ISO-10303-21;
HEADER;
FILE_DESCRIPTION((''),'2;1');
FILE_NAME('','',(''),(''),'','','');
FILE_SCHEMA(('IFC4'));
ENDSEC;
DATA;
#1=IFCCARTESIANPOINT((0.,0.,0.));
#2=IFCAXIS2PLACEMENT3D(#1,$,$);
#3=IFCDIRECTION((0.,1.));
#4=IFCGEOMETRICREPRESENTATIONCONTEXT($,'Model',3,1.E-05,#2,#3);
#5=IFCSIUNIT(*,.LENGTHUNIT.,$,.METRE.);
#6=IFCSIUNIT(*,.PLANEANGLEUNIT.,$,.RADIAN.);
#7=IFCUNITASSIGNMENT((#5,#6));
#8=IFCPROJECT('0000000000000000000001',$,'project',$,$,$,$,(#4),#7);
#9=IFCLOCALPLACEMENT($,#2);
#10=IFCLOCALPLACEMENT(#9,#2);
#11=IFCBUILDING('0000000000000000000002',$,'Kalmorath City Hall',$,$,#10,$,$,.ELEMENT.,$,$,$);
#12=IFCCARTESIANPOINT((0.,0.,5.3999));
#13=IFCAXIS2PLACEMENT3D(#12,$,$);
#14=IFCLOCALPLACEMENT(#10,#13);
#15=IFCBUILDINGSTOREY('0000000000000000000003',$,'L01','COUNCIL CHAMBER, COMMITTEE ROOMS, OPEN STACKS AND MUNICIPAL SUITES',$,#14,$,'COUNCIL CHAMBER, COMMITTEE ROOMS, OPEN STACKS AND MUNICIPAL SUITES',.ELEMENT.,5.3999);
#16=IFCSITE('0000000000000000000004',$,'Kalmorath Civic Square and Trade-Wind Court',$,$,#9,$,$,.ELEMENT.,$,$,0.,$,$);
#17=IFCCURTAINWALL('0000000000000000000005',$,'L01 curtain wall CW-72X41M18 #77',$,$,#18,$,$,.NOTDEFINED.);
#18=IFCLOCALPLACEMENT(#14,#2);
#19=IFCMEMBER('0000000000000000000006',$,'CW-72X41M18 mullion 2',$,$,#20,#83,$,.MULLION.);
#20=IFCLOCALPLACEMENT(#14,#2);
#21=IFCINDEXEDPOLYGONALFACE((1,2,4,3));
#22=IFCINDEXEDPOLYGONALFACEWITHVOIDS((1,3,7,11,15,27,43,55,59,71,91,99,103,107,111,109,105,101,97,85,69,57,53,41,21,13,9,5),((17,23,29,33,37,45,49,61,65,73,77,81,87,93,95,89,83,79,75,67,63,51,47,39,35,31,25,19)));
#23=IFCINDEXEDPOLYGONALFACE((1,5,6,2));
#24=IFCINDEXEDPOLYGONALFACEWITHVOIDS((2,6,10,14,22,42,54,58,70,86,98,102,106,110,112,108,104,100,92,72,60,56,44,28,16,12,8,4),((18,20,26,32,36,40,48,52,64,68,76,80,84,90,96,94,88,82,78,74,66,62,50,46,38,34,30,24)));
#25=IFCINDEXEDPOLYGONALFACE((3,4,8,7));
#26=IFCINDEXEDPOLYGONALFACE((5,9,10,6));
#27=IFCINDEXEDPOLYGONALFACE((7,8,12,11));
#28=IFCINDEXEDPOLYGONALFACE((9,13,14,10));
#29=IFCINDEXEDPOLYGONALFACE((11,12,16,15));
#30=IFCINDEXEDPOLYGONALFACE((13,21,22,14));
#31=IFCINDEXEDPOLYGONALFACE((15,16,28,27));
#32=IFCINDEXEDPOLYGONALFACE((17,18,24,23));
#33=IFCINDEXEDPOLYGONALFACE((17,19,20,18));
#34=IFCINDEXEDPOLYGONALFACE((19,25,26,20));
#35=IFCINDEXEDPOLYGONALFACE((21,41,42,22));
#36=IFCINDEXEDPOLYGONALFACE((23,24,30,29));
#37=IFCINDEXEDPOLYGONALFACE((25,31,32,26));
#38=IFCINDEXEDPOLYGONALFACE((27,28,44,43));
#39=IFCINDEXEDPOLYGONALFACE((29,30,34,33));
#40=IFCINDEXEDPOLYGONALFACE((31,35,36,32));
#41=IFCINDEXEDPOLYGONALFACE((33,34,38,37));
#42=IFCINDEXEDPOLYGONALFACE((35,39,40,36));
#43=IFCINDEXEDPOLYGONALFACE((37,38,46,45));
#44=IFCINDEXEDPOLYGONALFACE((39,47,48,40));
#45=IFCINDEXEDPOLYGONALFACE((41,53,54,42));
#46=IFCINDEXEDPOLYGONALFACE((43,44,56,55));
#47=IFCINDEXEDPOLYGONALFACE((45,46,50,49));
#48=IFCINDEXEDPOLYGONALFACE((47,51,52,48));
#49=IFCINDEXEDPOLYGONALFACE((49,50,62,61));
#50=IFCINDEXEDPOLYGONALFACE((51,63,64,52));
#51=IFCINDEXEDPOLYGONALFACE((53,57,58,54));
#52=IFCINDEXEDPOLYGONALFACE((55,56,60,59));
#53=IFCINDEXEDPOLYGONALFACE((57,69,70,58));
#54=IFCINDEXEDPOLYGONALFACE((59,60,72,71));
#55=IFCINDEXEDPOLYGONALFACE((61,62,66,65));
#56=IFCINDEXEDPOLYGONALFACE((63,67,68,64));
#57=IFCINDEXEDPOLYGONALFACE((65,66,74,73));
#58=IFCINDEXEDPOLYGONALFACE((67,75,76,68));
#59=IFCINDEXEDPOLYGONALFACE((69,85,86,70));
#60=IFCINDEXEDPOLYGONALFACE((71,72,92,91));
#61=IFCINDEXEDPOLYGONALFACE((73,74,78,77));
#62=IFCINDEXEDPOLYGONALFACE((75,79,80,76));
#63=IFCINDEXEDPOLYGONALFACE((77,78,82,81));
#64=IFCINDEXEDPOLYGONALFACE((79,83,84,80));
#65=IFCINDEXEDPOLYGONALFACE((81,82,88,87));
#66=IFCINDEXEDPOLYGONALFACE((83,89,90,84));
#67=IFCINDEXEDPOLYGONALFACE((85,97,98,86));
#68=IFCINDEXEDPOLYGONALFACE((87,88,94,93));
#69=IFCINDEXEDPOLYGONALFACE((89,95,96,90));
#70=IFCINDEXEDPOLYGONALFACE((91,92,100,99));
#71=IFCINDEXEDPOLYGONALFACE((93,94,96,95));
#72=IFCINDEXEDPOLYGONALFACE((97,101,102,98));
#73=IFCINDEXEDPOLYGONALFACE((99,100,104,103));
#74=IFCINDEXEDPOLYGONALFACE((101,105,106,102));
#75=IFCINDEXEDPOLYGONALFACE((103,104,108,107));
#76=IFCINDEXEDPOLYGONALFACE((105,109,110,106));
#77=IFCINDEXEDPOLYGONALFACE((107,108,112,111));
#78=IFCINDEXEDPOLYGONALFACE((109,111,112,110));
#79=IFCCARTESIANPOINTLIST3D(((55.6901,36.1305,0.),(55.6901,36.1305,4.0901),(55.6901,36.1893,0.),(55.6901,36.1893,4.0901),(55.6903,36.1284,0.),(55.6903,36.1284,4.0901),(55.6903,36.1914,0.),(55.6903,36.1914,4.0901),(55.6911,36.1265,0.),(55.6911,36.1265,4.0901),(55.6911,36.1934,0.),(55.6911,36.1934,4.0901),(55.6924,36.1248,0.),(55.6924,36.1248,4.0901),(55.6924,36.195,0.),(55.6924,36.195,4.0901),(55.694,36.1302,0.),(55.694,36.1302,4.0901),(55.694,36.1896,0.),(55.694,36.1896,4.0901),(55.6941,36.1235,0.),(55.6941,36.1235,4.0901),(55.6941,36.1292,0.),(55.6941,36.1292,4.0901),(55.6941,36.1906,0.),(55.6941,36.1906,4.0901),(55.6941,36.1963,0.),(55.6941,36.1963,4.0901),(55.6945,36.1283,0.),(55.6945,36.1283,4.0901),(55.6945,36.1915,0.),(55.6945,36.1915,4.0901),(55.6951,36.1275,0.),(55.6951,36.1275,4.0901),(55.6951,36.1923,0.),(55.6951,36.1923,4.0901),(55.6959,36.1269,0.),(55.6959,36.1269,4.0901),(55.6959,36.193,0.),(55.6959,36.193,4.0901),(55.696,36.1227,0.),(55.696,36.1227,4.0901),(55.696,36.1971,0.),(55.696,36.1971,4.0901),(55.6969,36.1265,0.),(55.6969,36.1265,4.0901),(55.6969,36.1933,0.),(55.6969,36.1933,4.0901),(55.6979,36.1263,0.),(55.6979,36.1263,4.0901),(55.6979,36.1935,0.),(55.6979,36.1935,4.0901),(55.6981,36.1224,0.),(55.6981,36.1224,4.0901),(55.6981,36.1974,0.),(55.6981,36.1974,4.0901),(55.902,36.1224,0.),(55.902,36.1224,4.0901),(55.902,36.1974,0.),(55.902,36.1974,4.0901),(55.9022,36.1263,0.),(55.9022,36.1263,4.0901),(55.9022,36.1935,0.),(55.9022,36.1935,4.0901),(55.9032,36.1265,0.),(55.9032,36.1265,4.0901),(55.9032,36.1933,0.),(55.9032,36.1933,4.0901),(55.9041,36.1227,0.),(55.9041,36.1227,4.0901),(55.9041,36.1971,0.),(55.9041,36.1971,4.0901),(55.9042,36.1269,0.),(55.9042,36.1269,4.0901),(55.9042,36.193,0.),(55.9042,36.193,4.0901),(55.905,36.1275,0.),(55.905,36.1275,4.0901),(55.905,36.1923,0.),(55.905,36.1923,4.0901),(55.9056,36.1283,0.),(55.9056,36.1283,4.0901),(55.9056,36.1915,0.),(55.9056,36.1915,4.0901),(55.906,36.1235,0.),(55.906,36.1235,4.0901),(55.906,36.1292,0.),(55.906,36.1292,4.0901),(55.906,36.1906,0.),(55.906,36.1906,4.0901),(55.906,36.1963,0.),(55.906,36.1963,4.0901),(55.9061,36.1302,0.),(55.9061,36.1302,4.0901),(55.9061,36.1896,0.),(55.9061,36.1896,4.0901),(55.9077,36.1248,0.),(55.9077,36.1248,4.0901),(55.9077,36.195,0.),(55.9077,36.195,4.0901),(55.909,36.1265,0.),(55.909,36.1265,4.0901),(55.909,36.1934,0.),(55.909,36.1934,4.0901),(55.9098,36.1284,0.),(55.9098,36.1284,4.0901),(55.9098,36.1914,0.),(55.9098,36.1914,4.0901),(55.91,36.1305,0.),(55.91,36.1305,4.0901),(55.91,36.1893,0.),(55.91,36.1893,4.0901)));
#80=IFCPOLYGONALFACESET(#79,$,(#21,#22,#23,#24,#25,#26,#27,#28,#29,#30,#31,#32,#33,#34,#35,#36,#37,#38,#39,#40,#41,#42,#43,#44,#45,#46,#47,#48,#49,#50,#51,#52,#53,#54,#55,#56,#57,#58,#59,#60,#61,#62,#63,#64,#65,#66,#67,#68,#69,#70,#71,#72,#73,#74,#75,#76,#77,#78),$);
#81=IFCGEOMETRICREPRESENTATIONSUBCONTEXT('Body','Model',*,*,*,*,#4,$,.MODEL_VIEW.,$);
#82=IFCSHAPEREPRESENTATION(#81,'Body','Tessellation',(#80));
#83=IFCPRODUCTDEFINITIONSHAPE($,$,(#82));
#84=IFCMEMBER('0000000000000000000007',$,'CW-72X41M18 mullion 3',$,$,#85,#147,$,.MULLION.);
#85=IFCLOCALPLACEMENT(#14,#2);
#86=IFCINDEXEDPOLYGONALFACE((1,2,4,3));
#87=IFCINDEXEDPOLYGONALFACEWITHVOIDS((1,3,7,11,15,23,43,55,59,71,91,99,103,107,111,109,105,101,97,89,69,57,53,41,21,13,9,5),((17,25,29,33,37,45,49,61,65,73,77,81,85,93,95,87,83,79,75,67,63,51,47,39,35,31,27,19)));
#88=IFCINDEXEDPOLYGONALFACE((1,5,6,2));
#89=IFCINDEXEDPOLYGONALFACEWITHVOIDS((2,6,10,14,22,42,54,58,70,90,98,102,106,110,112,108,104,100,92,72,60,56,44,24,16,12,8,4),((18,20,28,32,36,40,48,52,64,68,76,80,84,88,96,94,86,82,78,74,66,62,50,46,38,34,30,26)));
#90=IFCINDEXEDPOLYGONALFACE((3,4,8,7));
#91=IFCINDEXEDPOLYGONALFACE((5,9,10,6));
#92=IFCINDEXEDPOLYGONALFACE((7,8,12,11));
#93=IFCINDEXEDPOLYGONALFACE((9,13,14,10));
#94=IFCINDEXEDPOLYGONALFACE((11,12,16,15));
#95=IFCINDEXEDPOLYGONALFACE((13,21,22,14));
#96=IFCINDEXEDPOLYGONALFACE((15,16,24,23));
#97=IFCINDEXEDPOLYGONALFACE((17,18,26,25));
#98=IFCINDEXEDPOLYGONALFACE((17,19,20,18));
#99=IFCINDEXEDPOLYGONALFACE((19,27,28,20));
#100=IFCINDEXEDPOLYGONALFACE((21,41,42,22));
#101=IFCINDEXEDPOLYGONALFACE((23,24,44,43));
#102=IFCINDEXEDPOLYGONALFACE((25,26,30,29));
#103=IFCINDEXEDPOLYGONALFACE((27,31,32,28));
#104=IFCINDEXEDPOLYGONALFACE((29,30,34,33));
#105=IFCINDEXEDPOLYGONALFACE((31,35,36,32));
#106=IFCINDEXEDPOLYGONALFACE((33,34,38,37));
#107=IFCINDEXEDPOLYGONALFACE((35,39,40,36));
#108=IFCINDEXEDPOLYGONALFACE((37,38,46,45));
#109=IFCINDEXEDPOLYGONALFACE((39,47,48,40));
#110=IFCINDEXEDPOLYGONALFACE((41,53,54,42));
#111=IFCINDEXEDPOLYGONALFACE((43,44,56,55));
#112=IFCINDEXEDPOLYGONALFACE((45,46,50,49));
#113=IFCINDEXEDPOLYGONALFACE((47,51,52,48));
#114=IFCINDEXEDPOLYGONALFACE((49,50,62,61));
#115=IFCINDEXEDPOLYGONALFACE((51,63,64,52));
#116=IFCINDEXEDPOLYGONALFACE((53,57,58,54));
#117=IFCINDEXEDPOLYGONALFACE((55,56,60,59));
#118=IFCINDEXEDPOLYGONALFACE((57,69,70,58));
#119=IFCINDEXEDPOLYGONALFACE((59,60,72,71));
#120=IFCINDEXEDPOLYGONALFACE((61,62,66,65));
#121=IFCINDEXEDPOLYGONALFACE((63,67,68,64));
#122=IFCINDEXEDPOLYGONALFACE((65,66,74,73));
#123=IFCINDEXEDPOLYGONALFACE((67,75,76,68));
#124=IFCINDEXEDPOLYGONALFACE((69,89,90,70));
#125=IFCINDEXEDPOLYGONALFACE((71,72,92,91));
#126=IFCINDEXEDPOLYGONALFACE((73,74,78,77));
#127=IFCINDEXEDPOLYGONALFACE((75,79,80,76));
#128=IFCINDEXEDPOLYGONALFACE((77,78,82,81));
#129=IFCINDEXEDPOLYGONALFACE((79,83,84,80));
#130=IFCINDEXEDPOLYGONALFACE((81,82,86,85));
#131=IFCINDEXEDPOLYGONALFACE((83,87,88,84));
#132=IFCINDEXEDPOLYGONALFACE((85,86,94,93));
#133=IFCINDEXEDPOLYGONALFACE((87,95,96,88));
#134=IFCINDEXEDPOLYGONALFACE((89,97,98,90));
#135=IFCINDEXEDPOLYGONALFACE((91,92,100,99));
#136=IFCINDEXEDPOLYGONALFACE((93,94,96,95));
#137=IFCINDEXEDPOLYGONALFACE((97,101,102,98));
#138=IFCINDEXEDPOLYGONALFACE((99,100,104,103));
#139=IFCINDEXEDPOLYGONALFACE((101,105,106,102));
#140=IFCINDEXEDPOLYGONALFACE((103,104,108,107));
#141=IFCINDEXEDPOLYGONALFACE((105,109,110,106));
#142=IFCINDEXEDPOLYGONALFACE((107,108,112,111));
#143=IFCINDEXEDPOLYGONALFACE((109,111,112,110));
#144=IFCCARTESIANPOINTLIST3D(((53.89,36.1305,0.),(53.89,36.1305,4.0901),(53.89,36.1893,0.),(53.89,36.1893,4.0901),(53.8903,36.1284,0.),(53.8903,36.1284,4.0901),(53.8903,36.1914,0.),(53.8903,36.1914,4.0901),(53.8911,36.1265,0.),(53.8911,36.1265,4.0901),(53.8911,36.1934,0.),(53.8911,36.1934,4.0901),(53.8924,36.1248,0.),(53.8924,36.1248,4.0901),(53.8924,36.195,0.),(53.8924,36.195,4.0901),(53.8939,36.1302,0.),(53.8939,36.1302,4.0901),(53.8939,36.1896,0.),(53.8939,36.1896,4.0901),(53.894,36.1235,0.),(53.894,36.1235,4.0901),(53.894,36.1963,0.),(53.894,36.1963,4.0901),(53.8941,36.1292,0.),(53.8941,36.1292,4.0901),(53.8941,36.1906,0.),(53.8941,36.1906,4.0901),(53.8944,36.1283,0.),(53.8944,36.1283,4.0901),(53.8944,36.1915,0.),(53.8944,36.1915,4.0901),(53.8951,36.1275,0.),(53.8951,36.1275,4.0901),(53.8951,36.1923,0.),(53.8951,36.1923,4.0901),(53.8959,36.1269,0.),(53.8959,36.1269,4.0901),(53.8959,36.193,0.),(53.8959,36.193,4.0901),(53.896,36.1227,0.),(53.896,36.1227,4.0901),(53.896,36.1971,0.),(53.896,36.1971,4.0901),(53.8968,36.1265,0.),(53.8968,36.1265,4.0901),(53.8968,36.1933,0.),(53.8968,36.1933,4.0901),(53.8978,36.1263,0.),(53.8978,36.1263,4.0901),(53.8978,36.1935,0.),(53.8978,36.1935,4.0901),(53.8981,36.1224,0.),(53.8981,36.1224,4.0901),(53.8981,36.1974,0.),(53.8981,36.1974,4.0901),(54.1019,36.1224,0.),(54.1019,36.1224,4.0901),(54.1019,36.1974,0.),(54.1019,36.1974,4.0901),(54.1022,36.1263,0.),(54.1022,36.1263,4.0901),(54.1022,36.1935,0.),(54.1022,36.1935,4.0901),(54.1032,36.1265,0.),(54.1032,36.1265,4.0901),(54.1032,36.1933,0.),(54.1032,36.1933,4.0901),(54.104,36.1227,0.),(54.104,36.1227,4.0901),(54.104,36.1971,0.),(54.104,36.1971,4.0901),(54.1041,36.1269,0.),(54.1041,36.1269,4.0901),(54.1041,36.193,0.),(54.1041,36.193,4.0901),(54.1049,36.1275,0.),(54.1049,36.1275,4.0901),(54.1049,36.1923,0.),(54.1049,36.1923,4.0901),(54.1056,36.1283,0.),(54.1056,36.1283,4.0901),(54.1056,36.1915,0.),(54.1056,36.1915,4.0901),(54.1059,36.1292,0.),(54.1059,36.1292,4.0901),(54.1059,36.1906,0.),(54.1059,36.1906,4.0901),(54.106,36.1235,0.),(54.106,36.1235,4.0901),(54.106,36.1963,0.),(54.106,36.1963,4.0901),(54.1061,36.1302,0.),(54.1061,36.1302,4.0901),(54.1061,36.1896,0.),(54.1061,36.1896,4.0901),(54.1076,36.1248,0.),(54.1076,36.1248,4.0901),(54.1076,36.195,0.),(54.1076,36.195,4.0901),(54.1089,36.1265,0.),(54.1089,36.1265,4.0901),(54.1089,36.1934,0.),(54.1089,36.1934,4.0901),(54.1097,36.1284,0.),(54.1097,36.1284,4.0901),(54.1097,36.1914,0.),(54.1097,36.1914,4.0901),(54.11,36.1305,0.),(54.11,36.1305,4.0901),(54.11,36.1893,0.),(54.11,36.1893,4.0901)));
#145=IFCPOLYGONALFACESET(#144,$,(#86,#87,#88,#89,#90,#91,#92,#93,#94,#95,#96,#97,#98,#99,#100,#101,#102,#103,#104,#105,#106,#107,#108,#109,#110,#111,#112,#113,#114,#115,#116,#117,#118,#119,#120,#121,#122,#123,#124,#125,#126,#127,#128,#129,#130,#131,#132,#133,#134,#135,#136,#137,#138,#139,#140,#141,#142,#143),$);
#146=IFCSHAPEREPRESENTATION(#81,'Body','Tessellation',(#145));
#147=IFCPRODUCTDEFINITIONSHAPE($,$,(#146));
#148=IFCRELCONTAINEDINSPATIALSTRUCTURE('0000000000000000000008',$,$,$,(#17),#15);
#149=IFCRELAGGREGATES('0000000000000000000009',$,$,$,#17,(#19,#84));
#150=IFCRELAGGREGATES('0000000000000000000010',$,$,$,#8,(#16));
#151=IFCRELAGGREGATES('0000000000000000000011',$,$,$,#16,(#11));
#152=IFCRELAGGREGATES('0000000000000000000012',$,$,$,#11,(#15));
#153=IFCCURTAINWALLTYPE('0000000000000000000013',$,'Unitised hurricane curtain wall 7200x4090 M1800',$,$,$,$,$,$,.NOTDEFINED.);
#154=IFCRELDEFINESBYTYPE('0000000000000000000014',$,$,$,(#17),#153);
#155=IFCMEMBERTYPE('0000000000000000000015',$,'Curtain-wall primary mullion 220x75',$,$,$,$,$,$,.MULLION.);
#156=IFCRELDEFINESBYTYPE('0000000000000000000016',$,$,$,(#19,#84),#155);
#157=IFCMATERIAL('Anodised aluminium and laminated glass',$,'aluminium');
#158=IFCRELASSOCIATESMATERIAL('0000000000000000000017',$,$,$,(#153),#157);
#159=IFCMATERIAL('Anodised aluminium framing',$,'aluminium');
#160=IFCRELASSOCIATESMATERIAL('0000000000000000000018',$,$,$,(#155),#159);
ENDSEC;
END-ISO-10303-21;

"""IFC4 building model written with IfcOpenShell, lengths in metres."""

from ifc_helpers import new_model, si_unit, direction, frame, origin, origin_2d, place, context, subcontext, project, spatial, hollow_rectangle, extrude, material, material_profile, profile_set, type_object, element, aggregate, save


model = new_model("IFC4")

# Units and contexts
model_context = context("Model", 3, precision=1e-05, world=origin(), true_north=direction((0.0, 1.0)))
body_context = subcontext(model_context, "Body", "Model", "MODEL_VIEW")
ifc_project = project(units=[si_unit("LENGTHUNIT", "METRE"), si_unit("PLANEANGLEUNIT", "RADIAN")], contexts=[model_context])

# Site, building, storey
site_placement = place(None, origin())
site = spatial("IfcSite", under=ifc_project, at=site_placement, Name="Kalmorath Civic Square and Trade-Wind Court", CompositionType="ELEMENT", RefElevation=0.0)
building_placement = place(site_placement, origin())
building = spatial("IfcBuilding", under=site, at=building_placement, Name="Kalmorath City Hall", CompositionType="ELEMENT")
storey_placement = place(building_placement, frame((0.0, 0.0, 5.3999)))
storey = spatial("IfcBuildingStorey", under=building, at=storey_placement, Name="L01", Description="COUNCIL CHAMBER, COMMITTEE ROOMS, OPEN STACKS AND MUNICIPAL SUITES", LongName="COUNCIL CHAMBER, COMMITTEE ROOMS, OPEN STACKS AND MUNICIPAL SUITES", CompositionType="ELEMENT", Elevation=5.3999)

# Curtain wall, members
ifc_material_1 = material(Name="Anodised aluminium and laminated glass", Category="aluminium")
curtain_wall_type = type_object("IfcCurtainWallType", Name="Unitised hurricane curtain wall 7200x4090 M1800", PredefinedType="NOTDEFINED", material=ifc_material_1)
curtain_wall_placement = place(storey_placement, origin())
curtain_wall = element("IfcCurtainWall", 1, at=curtain_wall_placement, inside=storey, type_object=curtain_wall_type, Name="L01 curtain wall CW-72X41M18 #77", PredefinedType="NOTDEFINED")
ifc_material_2 = material(Name="Anodised aluminium framing", Category="aluminium")
ifc_material_profile_1 = material_profile(ifc_material_2, hollow_rectangle(XDim=0.075, YDim=0.22, WallThickness=0.0039, InnerFilletRadius=0.0039, OuterFilletRadius=0.0081, at=origin_2d()), Name="ALU-MUL-220X75X4")
ifc_profile_set_1 = profile_set([ifc_material_profile_1], Name="Anodised aluminium framing")
member_type_1 = type_object("IfcMemberType", Name="Curtain-wall primary mullion 220x75", PredefinedType="MULLION", material=ifc_profile_set_1)
member_1_placement = place(storey_placement, frame((55.8, 36.1599, 0.0), z_axis=(0.0, 0.0, 1.0), x_axis=(0.0, -1.0, 0.0)))
member_1 = element("IfcMember", 2, at=member_1_placement, type_object=member_type_1, Name="CW-72X41M18 mullion 2", PredefinedType="MULLION", context=body_context, shape_type="SweptSolid", body=[
    extrude(hollow_rectangle(XDim=0.075, YDim=0.22, WallThickness=0.0039, InnerFilletRadius=0.0039, OuterFilletRadius=0.0081, at=origin_2d()), origin(), (0.0, 0.0, 1.0), 4.0901),
])
member_2_placement = place(storey_placement, frame((54.0, 36.1599, 0.0), z_axis=(0.0, 0.0, 1.0), x_axis=(0.0, -1.0, 0.0)))
member_2 = element("IfcMember", 3, at=member_2_placement, type_object=member_type_1, Name="CW-72X41M18 mullion 3", PredefinedType="MULLION", context=body_context, shape_type="SweptSolid", body=[
    extrude(hollow_rectangle(XDim=0.075, YDim=0.22, WallThickness=0.0039, InnerFilletRadius=0.0039, OuterFilletRadius=0.0081, at=origin_2d()), origin(), (0.0, 0.0, 1.0), 4.0901),
])
aggregate(curtain_wall, [member_1, member_2])

save(model, "model.ifc")
